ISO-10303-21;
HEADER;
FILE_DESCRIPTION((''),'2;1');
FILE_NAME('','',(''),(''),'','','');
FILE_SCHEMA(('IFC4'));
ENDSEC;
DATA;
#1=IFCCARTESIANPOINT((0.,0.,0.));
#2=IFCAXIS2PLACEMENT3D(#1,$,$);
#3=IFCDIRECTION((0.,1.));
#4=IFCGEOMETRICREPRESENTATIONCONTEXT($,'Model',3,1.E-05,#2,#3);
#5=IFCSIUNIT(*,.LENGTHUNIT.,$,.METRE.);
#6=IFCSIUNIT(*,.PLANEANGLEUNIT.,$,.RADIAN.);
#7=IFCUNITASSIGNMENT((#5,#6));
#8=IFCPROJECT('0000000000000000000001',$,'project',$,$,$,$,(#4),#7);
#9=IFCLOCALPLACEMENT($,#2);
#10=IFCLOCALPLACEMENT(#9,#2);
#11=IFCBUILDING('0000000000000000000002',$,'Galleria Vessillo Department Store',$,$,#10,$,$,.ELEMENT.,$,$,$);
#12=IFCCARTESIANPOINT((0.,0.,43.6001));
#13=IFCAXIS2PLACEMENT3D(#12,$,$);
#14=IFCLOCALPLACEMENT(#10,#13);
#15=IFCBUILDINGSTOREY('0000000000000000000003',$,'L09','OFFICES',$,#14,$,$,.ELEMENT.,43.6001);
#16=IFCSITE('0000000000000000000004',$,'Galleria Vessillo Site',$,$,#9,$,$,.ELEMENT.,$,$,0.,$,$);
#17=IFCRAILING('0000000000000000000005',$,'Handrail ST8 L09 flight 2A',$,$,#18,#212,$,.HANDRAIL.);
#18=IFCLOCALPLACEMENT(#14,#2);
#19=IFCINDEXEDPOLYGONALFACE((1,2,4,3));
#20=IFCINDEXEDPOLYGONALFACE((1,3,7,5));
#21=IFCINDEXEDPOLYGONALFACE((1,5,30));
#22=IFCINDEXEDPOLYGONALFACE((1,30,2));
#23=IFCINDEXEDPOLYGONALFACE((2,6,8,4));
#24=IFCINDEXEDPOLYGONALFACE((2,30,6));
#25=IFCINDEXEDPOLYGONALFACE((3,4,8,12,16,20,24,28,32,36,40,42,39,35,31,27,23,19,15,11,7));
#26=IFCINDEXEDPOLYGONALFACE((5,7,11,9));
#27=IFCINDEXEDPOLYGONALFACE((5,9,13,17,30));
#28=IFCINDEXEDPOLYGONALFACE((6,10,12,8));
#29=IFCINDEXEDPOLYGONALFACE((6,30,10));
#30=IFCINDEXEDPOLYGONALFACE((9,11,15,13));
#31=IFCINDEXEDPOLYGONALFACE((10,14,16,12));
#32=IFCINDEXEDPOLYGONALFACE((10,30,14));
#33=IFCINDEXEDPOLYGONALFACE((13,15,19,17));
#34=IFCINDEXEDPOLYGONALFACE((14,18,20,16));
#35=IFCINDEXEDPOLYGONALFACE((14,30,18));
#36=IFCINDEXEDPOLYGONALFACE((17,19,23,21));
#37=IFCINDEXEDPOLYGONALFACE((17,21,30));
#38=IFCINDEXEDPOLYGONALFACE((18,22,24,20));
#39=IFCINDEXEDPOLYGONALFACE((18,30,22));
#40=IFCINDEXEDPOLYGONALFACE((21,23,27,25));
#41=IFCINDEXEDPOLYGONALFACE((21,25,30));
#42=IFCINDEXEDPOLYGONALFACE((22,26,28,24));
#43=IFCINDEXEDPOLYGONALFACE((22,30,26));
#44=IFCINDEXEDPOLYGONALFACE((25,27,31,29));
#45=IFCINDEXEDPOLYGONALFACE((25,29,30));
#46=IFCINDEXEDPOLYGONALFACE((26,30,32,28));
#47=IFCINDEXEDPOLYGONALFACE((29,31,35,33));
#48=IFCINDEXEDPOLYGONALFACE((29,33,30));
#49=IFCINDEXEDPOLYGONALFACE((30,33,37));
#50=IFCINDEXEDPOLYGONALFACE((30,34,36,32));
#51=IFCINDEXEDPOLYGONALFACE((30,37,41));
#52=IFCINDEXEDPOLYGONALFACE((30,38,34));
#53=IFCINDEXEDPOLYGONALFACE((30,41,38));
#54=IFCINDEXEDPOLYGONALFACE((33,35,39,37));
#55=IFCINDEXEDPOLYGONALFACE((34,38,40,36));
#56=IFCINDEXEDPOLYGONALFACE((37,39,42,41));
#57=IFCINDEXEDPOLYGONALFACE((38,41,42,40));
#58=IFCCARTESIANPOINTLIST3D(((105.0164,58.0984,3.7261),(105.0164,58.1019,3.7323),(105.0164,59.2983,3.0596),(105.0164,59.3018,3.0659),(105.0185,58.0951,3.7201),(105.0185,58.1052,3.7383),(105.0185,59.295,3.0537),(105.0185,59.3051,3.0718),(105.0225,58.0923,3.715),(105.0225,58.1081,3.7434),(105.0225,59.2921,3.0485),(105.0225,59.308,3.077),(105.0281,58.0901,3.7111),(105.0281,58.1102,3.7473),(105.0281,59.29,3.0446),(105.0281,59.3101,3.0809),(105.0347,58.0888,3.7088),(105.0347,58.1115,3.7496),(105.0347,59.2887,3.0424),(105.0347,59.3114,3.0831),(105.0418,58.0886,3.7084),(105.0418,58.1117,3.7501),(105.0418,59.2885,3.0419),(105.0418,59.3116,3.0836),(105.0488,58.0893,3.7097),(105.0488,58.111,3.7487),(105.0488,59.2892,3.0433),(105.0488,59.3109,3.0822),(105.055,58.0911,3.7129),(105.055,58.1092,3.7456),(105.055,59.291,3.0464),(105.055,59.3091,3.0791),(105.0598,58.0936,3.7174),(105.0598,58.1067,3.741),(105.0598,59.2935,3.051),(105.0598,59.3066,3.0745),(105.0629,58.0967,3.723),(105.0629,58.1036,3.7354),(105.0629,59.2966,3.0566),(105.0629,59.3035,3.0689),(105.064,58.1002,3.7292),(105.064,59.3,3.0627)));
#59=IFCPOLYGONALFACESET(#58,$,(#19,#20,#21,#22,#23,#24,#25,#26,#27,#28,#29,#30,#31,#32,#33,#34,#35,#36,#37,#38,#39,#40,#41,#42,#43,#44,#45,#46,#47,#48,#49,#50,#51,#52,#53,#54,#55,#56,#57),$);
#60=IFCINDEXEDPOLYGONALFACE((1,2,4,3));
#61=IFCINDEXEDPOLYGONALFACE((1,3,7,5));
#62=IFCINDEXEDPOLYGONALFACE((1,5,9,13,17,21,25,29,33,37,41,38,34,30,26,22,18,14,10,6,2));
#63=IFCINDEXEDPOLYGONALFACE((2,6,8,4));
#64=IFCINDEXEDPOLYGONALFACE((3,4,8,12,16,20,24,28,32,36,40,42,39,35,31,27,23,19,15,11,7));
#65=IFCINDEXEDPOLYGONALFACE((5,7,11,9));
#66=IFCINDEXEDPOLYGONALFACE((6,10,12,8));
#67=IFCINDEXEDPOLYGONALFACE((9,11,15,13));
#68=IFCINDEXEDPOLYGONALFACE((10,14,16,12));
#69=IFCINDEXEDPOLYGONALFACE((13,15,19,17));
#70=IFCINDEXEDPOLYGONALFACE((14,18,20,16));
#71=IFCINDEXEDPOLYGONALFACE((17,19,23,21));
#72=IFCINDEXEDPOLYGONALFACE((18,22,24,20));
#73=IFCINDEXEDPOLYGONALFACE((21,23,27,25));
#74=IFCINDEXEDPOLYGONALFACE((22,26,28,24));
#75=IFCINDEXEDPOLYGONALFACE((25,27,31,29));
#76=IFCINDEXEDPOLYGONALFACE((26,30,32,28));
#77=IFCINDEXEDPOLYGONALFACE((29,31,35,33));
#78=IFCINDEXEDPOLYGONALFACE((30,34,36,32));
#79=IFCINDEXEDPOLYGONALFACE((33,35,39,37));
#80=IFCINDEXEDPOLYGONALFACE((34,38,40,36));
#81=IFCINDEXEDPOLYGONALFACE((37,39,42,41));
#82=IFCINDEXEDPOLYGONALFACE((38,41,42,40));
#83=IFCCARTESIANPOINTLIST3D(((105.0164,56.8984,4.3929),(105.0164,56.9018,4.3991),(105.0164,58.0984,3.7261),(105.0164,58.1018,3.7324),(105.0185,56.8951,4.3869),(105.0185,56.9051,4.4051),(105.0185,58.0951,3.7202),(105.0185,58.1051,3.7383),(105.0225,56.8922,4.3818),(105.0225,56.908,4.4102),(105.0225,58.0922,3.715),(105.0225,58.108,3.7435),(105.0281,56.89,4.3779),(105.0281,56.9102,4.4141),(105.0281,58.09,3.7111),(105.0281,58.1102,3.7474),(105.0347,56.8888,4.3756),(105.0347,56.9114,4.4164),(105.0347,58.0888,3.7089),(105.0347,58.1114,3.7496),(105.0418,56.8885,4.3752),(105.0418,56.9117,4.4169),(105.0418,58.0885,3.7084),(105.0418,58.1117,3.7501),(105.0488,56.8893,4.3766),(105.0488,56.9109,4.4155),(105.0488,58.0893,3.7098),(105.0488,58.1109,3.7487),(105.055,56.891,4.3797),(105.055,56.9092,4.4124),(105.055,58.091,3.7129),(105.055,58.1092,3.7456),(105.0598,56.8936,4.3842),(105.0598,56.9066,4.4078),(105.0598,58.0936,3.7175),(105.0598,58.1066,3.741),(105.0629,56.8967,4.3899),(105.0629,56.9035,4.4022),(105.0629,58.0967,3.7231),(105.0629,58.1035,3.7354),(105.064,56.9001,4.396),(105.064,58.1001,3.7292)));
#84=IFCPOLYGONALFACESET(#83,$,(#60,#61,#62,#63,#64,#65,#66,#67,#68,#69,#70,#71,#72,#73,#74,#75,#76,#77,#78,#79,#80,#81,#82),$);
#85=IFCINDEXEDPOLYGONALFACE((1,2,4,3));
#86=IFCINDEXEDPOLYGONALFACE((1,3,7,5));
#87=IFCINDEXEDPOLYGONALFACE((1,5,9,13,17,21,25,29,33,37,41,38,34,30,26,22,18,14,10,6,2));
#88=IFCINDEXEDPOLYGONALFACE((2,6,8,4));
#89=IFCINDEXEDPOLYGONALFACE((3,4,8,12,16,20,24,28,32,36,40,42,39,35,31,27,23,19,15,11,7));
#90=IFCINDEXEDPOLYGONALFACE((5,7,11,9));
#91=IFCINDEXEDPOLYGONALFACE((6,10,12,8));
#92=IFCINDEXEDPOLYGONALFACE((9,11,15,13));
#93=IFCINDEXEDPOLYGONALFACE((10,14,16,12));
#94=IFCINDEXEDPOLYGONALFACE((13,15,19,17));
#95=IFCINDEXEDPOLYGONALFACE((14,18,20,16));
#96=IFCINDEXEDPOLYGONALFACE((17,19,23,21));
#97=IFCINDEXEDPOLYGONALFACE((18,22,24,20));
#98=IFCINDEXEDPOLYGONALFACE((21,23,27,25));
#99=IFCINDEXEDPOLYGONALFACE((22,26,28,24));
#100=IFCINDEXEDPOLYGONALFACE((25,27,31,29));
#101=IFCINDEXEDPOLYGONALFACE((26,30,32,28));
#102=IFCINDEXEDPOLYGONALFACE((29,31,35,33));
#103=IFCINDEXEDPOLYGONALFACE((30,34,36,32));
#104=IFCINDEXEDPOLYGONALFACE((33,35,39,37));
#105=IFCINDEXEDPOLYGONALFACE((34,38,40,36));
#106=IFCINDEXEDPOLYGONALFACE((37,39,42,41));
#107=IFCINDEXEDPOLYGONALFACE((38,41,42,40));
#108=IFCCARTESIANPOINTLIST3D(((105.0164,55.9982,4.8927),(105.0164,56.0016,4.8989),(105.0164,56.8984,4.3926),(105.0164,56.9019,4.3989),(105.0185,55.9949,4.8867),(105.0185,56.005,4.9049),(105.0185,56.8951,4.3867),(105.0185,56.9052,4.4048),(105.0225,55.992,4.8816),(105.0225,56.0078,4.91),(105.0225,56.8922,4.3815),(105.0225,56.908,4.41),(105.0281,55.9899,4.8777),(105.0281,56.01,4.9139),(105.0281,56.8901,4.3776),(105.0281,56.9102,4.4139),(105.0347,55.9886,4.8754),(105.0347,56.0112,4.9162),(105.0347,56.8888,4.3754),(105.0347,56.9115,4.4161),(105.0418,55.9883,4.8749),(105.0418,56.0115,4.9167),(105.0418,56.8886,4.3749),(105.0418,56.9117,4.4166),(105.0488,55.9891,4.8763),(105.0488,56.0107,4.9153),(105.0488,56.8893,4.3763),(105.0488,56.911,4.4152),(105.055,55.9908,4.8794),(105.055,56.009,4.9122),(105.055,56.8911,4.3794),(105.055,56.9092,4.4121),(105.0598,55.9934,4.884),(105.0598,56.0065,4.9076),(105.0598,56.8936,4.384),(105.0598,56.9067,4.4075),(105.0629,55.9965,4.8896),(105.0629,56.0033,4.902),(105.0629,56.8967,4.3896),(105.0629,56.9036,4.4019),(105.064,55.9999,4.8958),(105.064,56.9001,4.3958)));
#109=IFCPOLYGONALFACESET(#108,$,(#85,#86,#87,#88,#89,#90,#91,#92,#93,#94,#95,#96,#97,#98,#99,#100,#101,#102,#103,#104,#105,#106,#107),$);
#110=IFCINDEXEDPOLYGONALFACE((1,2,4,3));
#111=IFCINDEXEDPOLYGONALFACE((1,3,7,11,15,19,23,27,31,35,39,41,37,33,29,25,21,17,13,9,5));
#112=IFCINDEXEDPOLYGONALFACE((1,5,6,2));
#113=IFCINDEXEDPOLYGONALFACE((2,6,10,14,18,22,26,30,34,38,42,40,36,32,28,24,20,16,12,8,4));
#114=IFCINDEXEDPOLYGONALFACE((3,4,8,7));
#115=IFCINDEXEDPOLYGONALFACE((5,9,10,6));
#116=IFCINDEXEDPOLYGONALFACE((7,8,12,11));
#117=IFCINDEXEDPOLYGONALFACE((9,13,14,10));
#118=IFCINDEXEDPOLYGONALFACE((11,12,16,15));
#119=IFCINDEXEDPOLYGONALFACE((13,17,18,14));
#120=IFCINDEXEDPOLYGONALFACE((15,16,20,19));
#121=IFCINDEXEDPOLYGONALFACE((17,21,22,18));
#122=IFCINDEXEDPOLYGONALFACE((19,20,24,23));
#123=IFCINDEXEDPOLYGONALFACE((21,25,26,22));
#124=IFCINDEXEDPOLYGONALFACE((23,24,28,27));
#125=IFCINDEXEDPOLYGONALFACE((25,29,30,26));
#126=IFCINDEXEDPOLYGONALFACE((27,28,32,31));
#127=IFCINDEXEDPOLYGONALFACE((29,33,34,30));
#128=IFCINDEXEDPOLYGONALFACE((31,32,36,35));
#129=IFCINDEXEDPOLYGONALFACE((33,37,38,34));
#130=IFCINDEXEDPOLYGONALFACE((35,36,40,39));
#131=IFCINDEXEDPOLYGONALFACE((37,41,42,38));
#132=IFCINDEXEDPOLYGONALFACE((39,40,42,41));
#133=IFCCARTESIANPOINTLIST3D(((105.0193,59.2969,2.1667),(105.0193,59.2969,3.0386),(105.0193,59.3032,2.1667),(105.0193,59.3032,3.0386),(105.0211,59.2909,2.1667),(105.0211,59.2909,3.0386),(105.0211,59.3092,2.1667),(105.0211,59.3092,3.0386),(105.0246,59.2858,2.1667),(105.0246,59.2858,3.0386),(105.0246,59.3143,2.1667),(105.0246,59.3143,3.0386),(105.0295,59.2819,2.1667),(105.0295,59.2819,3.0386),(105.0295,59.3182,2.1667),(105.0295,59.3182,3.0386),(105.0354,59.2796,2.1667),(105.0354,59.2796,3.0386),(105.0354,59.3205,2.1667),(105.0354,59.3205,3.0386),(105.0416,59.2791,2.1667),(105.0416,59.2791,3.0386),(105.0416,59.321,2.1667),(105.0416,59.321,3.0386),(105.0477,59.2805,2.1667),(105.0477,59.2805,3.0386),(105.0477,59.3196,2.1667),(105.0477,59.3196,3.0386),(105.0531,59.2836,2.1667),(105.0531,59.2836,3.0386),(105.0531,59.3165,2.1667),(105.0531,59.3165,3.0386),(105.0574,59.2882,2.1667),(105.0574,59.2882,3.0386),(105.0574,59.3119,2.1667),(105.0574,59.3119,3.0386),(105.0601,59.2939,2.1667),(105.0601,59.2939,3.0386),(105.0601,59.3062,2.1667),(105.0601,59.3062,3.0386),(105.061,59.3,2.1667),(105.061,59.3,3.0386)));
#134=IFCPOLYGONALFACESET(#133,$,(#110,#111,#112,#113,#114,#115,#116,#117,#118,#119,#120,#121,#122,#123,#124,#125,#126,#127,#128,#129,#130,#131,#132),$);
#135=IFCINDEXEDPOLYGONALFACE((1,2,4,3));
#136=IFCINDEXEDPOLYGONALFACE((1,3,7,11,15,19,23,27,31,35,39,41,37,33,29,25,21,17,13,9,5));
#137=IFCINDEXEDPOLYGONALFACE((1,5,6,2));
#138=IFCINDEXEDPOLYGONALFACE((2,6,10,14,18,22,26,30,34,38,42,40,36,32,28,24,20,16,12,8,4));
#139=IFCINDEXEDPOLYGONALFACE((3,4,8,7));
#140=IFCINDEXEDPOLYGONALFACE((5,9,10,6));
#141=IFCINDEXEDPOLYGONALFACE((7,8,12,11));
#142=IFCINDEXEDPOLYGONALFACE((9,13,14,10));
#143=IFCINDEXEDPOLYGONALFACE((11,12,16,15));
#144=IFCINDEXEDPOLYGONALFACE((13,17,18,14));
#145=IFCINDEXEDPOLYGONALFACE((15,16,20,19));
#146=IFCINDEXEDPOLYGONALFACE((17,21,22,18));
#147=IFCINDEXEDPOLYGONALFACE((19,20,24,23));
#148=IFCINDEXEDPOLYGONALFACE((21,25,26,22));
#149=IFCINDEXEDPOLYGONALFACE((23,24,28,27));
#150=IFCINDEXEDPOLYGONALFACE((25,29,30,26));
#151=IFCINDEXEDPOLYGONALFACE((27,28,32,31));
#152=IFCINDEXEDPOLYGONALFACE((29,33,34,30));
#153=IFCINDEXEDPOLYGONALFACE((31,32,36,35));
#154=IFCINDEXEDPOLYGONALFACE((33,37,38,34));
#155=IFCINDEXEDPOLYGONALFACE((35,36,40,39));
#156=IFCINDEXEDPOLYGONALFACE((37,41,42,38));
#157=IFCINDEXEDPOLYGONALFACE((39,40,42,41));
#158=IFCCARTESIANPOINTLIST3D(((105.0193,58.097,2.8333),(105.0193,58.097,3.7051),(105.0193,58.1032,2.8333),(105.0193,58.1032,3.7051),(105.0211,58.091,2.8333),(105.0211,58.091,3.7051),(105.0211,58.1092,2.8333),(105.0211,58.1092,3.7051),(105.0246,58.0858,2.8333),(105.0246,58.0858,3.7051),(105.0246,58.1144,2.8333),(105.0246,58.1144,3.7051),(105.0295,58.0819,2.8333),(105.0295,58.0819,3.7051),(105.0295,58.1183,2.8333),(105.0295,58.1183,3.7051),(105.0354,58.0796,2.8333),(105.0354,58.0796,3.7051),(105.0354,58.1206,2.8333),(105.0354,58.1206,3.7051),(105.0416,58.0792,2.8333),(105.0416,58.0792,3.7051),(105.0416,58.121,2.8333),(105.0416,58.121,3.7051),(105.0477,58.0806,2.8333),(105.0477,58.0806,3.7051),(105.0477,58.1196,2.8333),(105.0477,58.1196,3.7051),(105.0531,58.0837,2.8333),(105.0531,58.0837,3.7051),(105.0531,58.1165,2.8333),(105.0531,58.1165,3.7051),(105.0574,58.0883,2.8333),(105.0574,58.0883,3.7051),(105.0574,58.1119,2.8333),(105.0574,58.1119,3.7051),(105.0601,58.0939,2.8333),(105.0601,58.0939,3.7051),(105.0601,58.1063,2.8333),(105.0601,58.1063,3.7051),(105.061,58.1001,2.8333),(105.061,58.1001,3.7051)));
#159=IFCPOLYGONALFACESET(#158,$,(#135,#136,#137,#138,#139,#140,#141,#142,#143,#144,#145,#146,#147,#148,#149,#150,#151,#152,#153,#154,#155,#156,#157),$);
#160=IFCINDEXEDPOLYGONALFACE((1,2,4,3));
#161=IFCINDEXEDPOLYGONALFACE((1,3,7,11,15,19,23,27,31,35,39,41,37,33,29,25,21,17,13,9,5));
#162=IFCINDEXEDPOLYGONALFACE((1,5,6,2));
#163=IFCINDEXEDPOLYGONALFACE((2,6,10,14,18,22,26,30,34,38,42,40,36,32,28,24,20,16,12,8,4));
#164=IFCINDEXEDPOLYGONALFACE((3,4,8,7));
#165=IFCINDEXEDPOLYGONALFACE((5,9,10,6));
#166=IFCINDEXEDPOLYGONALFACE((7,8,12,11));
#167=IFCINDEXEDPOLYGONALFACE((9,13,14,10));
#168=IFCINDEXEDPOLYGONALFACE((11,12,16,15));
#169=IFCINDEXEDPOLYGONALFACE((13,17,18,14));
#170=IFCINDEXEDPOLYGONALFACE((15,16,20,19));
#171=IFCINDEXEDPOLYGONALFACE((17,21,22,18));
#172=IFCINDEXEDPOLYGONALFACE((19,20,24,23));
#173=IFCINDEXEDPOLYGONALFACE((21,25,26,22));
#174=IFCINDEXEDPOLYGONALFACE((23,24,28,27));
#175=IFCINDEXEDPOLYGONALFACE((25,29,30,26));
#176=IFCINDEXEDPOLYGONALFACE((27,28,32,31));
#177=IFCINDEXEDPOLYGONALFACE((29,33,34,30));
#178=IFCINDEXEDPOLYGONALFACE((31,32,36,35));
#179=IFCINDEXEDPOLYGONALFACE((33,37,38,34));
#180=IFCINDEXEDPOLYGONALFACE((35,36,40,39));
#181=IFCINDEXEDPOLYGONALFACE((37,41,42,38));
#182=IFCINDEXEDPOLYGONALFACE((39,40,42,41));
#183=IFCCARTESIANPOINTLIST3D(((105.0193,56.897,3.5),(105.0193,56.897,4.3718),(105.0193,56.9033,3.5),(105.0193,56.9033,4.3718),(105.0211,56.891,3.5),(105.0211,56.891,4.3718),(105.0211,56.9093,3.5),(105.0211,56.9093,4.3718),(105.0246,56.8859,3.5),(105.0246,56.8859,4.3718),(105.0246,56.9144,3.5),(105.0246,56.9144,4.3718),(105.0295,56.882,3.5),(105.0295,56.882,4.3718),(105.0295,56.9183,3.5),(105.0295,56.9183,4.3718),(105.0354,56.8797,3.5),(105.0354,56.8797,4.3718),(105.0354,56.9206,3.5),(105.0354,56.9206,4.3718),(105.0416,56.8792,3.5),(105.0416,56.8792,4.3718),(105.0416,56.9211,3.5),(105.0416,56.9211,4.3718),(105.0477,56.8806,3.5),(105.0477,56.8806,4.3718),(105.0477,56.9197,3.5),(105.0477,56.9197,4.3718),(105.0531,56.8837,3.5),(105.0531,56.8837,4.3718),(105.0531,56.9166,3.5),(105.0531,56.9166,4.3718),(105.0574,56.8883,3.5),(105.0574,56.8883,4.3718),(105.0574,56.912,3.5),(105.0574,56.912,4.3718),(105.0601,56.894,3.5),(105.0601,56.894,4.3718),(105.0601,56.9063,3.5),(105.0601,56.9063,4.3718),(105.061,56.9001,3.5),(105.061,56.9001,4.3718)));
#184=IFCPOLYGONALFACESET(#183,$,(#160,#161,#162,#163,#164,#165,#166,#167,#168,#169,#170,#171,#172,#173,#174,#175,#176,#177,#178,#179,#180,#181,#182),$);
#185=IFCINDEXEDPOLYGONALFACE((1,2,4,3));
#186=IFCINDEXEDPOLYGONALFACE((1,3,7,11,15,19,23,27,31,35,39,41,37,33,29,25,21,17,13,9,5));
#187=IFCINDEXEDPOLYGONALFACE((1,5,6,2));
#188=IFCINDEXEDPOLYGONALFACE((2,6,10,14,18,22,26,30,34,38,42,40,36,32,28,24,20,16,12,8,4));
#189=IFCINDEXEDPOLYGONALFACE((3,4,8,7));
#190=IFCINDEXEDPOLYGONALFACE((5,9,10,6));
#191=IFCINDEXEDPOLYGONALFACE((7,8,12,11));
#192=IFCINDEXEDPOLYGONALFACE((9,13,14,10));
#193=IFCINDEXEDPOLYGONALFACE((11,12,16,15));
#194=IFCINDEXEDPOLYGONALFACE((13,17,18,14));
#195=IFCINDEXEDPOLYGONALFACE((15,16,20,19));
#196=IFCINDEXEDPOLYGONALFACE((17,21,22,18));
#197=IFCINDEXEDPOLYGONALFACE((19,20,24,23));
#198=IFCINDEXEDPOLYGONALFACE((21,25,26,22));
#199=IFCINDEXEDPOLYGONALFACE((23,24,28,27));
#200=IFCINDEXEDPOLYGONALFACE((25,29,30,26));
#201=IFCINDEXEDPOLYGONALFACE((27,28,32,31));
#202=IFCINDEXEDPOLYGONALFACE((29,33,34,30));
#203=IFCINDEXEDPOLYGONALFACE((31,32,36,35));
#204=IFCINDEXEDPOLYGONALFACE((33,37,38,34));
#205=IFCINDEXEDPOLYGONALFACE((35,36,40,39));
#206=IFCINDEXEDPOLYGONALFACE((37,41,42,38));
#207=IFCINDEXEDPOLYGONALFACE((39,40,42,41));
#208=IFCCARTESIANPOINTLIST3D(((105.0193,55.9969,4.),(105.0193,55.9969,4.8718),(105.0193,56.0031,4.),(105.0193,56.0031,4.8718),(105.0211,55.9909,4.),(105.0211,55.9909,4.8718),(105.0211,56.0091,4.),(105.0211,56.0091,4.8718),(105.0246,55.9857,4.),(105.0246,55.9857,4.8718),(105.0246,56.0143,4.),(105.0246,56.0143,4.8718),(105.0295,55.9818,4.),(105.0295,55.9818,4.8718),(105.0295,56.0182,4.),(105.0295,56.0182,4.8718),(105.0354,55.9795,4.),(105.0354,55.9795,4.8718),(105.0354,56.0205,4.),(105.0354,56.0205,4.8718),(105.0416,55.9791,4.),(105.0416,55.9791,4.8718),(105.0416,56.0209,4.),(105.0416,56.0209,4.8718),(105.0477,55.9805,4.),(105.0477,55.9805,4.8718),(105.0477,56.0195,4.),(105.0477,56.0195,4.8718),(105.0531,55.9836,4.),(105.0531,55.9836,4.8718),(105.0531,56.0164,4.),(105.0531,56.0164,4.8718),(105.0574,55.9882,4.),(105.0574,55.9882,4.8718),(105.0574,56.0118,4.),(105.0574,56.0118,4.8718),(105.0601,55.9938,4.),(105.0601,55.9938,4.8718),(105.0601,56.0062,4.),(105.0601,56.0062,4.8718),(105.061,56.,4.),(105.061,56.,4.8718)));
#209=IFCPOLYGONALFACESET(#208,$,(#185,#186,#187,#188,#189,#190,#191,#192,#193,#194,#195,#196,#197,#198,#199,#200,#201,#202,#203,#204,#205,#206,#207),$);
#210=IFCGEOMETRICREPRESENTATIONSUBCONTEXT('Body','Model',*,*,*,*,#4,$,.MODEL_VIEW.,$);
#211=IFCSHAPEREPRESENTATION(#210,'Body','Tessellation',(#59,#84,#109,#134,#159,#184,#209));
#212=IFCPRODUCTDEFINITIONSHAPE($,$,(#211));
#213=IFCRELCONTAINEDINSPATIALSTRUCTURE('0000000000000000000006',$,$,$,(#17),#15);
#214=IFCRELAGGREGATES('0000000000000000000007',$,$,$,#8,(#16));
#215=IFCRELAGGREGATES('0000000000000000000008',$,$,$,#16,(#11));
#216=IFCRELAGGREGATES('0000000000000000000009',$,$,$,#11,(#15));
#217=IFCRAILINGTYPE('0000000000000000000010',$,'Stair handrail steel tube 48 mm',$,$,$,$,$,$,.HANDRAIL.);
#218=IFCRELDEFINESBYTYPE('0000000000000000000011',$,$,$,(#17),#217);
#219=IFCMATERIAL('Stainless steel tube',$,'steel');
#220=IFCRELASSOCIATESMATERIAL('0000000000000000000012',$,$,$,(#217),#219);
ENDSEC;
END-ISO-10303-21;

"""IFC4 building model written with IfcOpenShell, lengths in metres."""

from ifc_helpers import new_model, si_unit, direction, frame, origin, origin_2d, place, context, subcontext, project, spatial, circle, extrude, material, type_object, element, save


model = new_model("IFC4")

# Units and contexts
model_context = context("Model", 3, precision=1e-05, world=origin(), true_north=direction((0.0, 1.0)))
body_context = subcontext(model_context, "Body", "Model", "MODEL_VIEW")
ifc_project = project(units=[si_unit("LENGTHUNIT", "METRE"), si_unit("PLANEANGLEUNIT", "RADIAN")], contexts=[model_context])

# Site, building, storey
site_placement = place(None, origin())
site = spatial("IfcSite", under=ifc_project, at=site_placement, Name="Galleria Vessillo Site", CompositionType="ELEMENT", RefElevation=0.0)
building_placement = place(site_placement, origin())
building = spatial("IfcBuilding", under=site, at=building_placement, Name="Galleria Vessillo Department Store", CompositionType="ELEMENT")
storey_placement = place(building_placement, frame((0.0, 0.0, 43.6001)))
storey = spatial("IfcBuildingStorey", under=building, at=storey_placement, Name="L09", Description="OFFICES", CompositionType="ELEMENT", Elevation=43.6001)

# Railing
ifc_material_1 = material(Name="Stainless steel tube", Category="steel")
railing_type = type_object("IfcRailingType", Name="Stair handrail steel tube 48 mm", PredefinedType="HANDRAIL", material=ifc_material_1)
for number, where, name in (
    (1, (105.04, 59.3, 2.1667), "Handrail ST8 L09 flight 2A"),
):
    element("IfcRailing", number, at=place(storey_placement, frame(where)), inside=storey, type_object=railing_type, Name=name, PredefinedType="HANDRAIL", context=body_context, shape_type="SweptSolid", body=[
        extrude(circle(Radius=0.0239, at=origin_2d()), frame((0.0, 0.0, 0.896), z_axis=(0.0, -0.874199, 0.485567), x_axis=(1.0, 0.0, 0.0)), (0.0, 0.0, 1.0), 1.3726),
        extrude(circle(Radius=0.0239, at=origin_2d()), frame((0.0, -1.2, 1.5625), z_axis=(0.0, -0.874124, 0.485703), x_axis=(1.0, 0.0, 0.0)), (0.0, 0.0, 1.0), 1.3728),
        extrude(circle(Radius=0.0239, at=origin_2d()), frame((0.0, -2.3999, 2.229), z_axis=(0.0, -0.874191, 0.485583), x_axis=(1.0, 0.0, 0.0)), (0.0, 0.0, 1.0), 1.0298),
        extrude(circle(Radius=0.021, at=origin_2d()), origin(), (0.0, 0.0, 1.0), 0.8718),
        extrude(circle(Radius=0.021, at=origin_2d()), frame((0.0, -1.2, 0.6665)), (0.0, 0.0, 1.0), 0.8718),
        extrude(circle(Radius=0.021, at=origin_2d()), frame((0.0, -2.3999, 1.3333)), (0.0, 0.0, 1.0), 0.8718),
        extrude(circle(Radius=0.021, at=origin_2d()), frame((0.0, -3.3, 1.8333)), (0.0, 0.0, 1.0), 0.8718),
    ])

save(model, "model.ifc")
